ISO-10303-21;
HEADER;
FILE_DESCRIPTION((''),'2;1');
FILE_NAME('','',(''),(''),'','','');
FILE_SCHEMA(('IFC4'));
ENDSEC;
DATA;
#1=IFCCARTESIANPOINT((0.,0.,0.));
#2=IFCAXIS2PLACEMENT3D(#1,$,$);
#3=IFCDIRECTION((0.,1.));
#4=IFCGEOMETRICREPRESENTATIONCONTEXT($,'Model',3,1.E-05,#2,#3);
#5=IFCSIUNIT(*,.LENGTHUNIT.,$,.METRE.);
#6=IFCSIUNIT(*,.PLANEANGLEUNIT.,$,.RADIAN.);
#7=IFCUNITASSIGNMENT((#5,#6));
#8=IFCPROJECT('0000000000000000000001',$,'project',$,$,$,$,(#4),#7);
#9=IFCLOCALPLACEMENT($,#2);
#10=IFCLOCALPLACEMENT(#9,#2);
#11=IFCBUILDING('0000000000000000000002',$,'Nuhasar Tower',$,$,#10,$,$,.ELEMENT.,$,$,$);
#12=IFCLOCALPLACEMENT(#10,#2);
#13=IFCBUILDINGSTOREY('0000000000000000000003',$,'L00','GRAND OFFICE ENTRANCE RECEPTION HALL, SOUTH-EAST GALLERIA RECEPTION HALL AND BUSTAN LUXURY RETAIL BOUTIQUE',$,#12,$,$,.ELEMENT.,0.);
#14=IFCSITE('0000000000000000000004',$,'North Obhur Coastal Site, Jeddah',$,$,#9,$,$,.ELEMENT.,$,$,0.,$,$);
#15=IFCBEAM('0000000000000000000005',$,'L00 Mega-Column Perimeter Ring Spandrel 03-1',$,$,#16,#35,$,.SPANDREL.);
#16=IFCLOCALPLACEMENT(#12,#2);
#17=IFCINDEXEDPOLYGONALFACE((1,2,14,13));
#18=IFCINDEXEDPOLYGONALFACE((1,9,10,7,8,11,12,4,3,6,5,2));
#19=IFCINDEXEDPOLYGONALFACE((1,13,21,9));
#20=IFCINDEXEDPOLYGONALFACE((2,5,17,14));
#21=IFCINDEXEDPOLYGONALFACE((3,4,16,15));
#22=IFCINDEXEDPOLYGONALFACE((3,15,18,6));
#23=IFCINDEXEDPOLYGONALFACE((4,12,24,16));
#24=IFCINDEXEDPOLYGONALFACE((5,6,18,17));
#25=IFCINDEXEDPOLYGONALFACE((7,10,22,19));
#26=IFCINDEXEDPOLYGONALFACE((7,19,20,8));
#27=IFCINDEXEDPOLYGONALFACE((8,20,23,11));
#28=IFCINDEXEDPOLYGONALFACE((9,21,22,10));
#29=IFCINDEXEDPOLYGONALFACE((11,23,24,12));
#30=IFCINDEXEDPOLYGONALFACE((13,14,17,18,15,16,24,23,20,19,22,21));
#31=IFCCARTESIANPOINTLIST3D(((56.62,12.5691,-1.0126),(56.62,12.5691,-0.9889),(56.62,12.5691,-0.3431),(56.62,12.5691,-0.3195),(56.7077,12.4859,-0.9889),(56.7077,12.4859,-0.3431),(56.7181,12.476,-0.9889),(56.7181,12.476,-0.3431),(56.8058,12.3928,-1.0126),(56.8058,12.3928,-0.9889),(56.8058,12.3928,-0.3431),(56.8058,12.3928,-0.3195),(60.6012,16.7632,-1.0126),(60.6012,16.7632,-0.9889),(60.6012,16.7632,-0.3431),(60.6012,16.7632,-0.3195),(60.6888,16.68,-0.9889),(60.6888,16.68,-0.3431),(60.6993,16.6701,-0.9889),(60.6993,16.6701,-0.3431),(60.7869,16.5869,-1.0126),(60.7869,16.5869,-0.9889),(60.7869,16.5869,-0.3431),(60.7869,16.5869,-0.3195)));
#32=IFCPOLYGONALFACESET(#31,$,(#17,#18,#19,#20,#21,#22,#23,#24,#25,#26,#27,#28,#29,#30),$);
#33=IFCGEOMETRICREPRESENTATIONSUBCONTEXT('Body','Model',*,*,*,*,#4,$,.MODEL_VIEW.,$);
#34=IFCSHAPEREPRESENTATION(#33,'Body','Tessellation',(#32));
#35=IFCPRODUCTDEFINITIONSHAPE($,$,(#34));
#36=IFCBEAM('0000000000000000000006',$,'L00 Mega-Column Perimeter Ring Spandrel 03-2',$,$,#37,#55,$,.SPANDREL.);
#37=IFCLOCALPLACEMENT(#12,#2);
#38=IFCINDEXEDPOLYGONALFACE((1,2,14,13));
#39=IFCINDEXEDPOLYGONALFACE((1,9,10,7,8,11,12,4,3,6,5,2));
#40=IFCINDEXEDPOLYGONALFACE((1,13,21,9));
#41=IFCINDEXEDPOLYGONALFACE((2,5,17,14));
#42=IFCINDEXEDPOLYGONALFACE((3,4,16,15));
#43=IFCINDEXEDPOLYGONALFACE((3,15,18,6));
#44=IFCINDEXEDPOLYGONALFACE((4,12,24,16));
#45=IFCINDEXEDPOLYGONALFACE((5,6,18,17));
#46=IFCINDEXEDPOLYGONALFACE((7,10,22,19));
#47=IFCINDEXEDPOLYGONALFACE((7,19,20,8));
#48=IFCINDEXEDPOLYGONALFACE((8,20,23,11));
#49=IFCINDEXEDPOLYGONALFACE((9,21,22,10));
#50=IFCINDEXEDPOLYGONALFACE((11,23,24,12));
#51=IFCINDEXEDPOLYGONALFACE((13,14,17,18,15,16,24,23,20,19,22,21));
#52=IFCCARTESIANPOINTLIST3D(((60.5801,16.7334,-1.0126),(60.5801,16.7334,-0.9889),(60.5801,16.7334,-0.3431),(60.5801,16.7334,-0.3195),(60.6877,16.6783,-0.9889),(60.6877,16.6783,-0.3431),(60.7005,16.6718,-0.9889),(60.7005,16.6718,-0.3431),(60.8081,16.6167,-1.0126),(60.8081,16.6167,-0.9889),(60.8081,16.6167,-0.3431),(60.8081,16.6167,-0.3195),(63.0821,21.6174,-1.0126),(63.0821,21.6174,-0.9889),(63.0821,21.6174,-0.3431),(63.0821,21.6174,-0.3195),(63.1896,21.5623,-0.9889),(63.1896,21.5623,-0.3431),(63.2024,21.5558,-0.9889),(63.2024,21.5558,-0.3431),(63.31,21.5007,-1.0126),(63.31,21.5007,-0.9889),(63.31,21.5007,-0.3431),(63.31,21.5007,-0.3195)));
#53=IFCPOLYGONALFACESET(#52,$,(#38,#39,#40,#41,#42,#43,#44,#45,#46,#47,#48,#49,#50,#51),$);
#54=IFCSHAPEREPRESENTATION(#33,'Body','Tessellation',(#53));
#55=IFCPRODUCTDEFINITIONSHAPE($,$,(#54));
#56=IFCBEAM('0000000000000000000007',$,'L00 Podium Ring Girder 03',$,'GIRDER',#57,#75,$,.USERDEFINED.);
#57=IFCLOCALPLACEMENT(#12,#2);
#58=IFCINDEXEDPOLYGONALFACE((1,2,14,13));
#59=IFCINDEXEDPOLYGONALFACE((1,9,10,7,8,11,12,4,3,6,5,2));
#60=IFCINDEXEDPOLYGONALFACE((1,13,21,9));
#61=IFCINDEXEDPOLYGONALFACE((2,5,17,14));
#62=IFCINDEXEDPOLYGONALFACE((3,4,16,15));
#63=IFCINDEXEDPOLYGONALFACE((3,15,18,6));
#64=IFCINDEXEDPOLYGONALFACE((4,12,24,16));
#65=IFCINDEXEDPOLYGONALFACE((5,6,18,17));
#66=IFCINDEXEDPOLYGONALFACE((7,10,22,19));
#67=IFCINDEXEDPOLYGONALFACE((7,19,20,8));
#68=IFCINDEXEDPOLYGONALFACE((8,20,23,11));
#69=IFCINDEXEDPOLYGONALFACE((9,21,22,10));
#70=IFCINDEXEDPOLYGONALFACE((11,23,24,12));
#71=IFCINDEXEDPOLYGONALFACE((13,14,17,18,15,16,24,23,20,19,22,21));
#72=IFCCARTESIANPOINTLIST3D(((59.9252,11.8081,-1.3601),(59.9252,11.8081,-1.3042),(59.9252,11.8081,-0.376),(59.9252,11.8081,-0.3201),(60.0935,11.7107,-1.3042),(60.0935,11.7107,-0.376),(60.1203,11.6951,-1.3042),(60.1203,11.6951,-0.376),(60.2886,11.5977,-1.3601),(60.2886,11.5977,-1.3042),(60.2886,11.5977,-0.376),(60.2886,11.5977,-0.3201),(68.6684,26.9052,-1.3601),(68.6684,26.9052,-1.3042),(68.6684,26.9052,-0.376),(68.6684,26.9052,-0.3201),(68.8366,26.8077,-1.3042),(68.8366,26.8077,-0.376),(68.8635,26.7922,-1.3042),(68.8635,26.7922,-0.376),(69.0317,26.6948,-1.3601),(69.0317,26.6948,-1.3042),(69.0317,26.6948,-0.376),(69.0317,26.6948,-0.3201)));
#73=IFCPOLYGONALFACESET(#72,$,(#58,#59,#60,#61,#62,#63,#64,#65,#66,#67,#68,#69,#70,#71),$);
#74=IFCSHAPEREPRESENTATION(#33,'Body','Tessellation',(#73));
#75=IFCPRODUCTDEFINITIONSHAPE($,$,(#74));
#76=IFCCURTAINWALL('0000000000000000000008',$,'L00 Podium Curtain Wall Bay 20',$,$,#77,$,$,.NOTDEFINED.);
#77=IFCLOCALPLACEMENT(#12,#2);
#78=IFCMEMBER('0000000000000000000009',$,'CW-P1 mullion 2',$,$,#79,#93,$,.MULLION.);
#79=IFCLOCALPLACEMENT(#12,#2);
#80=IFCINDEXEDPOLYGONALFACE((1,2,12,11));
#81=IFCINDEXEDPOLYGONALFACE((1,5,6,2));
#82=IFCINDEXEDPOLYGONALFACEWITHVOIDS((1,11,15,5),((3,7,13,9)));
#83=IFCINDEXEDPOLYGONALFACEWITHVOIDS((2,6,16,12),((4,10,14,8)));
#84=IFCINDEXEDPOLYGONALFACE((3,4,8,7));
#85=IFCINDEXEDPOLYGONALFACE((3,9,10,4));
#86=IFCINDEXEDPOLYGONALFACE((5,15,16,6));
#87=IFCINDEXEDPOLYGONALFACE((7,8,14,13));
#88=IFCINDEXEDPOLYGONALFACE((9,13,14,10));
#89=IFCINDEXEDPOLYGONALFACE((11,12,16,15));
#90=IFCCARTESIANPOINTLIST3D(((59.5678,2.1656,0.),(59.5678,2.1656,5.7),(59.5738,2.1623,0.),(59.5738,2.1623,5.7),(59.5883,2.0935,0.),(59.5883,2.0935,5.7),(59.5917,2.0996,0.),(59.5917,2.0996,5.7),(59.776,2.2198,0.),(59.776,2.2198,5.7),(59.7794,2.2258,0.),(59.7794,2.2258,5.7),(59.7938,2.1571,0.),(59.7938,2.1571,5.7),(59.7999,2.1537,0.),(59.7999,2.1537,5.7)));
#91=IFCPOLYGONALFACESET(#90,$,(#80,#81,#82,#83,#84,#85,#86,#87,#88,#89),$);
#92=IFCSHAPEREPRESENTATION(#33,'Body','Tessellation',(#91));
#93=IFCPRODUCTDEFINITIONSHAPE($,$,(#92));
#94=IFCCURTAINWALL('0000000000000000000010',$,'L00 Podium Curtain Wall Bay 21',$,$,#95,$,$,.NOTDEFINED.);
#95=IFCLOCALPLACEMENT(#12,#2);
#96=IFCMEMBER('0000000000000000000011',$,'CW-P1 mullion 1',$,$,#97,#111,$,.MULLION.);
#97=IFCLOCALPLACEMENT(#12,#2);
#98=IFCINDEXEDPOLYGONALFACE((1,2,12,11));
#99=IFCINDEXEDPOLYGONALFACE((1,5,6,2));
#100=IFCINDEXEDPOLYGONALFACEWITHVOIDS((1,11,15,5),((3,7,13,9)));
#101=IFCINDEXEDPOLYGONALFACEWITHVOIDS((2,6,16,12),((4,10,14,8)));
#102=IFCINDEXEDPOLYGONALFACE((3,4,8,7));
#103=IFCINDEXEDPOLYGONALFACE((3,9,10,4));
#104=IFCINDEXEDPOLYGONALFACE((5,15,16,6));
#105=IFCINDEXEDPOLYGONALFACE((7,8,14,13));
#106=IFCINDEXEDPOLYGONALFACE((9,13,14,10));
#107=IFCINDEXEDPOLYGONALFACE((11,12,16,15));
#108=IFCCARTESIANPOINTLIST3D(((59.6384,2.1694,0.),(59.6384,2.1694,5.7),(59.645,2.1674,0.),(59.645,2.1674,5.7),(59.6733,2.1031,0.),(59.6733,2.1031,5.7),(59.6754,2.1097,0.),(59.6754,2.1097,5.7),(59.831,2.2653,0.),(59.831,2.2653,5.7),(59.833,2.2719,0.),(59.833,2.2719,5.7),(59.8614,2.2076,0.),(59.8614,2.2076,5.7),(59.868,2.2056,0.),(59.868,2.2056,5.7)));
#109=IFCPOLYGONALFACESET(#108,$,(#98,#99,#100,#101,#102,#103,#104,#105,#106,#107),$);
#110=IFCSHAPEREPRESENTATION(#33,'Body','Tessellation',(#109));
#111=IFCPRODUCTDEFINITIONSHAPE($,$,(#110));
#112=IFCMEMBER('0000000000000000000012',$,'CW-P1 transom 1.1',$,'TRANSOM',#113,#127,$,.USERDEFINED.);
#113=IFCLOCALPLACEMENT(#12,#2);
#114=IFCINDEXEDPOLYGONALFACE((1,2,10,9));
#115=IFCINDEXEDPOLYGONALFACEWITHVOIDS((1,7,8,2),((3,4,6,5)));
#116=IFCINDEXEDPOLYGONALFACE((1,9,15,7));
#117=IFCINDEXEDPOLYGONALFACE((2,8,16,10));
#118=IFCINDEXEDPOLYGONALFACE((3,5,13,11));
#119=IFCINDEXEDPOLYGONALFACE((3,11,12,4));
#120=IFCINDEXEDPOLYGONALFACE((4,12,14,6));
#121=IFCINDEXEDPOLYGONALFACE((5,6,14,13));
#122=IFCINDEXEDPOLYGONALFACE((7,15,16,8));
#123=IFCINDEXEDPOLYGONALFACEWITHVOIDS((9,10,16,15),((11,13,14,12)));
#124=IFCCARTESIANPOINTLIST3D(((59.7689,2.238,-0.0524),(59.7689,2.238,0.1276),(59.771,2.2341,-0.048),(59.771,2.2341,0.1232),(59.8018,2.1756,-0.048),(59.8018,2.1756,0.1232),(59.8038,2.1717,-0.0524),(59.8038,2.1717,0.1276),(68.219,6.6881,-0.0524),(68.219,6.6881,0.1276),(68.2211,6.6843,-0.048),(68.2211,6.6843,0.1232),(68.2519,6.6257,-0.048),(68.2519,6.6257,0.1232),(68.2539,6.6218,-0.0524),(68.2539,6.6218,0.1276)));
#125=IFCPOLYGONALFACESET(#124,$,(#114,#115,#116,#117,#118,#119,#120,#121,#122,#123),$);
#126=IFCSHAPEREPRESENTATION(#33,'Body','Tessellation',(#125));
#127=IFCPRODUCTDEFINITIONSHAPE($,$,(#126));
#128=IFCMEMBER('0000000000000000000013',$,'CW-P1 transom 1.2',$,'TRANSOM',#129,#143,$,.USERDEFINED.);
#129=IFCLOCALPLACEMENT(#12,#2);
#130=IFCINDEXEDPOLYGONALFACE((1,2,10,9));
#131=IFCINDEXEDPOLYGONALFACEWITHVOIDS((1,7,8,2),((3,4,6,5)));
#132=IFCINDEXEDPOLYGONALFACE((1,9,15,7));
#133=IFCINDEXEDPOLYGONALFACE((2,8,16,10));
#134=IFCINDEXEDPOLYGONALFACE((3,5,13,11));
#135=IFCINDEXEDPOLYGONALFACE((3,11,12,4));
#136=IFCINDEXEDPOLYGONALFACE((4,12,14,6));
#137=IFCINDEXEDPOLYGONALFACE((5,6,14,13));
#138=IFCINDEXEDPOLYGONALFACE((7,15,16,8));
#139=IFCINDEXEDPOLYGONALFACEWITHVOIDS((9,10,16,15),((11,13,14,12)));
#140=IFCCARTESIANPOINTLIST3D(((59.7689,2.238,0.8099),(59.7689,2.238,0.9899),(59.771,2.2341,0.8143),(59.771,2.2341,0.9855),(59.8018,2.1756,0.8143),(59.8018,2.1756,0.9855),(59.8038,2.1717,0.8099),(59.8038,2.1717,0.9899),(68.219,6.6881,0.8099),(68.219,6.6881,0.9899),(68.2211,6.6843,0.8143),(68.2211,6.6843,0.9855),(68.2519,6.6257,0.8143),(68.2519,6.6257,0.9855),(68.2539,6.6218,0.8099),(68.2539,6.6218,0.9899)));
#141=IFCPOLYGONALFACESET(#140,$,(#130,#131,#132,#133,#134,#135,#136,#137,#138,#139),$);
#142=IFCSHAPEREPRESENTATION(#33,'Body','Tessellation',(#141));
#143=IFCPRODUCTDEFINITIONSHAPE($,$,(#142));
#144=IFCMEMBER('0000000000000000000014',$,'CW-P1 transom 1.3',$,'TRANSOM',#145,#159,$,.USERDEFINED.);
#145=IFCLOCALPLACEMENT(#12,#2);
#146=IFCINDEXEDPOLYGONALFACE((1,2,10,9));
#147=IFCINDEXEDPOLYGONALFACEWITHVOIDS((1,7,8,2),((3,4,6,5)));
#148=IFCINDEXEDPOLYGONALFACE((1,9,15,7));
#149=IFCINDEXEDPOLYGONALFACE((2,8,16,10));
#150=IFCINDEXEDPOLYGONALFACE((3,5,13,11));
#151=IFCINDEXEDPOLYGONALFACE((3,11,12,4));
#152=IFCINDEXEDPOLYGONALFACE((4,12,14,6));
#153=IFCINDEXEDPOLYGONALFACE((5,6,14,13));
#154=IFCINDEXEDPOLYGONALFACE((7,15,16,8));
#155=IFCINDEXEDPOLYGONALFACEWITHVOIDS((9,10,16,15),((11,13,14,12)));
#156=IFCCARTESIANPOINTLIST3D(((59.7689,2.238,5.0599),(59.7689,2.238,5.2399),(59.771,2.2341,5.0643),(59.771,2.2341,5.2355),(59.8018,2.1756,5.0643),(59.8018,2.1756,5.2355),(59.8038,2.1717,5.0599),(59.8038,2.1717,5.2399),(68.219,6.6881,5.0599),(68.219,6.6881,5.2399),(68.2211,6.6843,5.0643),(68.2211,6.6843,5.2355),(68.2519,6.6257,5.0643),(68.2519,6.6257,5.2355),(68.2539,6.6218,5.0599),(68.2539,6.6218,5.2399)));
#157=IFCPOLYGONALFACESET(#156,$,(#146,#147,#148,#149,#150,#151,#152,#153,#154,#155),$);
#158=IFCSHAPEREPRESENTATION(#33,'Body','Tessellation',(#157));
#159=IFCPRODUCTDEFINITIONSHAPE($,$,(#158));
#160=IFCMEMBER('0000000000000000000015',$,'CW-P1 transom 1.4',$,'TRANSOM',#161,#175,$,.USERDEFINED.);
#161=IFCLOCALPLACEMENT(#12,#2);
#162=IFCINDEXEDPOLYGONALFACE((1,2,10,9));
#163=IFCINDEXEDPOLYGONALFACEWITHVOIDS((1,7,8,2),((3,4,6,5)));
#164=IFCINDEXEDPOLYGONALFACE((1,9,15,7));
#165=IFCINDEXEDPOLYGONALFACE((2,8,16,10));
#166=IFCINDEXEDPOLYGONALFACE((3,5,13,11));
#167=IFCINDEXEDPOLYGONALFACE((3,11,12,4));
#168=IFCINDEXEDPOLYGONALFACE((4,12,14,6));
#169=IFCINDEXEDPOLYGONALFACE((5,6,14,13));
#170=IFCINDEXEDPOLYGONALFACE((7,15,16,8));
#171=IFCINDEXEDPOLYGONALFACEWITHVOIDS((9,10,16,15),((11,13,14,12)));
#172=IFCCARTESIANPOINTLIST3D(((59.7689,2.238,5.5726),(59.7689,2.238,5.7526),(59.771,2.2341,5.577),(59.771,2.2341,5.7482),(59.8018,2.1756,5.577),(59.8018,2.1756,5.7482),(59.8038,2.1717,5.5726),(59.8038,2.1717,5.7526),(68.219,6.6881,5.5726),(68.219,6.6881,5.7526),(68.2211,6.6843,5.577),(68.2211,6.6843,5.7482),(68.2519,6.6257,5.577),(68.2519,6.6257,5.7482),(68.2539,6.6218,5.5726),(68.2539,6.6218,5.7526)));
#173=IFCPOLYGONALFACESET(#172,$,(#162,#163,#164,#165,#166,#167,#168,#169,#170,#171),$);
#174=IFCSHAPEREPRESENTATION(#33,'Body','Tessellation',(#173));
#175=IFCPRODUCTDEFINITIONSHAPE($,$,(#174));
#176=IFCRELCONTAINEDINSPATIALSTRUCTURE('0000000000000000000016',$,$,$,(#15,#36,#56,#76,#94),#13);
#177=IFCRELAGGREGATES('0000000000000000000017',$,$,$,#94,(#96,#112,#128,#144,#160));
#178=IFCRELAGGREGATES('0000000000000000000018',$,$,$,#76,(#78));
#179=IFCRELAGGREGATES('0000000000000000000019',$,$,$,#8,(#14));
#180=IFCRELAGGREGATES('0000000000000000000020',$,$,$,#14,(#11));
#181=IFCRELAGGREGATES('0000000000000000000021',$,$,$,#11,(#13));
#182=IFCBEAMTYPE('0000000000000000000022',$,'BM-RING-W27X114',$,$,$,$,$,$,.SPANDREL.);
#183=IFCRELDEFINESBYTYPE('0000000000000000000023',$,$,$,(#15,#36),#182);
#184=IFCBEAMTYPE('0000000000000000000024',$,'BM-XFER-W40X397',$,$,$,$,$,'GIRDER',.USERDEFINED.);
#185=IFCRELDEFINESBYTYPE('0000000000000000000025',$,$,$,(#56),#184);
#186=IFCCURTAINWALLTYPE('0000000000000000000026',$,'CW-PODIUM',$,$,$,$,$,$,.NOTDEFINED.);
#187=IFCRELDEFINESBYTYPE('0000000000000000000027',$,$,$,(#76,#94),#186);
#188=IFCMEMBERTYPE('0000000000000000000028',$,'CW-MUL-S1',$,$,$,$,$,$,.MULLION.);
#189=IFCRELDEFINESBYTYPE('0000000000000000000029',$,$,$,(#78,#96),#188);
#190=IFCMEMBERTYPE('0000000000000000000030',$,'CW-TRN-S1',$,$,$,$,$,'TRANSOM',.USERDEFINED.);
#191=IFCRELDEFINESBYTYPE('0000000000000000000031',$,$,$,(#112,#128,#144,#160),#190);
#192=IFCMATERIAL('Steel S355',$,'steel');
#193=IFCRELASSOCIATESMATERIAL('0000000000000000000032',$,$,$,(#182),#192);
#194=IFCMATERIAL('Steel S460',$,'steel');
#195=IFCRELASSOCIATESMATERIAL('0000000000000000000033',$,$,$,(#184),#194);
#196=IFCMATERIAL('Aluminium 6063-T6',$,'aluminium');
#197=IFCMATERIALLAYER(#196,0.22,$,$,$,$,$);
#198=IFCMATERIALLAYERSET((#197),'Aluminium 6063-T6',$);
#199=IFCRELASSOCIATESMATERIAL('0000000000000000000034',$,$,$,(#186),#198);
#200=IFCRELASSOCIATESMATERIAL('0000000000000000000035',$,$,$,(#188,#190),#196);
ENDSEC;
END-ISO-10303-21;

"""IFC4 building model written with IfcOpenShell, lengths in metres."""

from ifc_helpers import new_model, si_unit, direction, frame, origin, origin_2d, place, context, subcontext, project, spatial, hollow_rectangle, i_section, extrude, material, layer, layer_set, material_profile, profile_set, type_object, element, aggregate, save


model = new_model("IFC4")

# Units and contexts
model_context = context("Model", 3, precision=1e-05, world=origin(), true_north=direction((0.0, 1.0)))
body_context = subcontext(model_context, "Body", "Model", "MODEL_VIEW")
ifc_project = project(units=[si_unit("LENGTHUNIT", "METRE"), si_unit("PLANEANGLEUNIT", "RADIAN")], contexts=[model_context])

# Site, building, storey
site_placement = place(None, origin())
site = spatial("IfcSite", under=ifc_project, at=site_placement, Name="North Obhur Coastal Site, Jeddah", CompositionType="ELEMENT", RefElevation=0.0)
building_placement = place(site_placement, origin())
building = spatial("IfcBuilding", under=site, at=building_placement, Name="Nuhasar Tower", CompositionType="ELEMENT")
storey_placement = place(building_placement, origin())
storey = spatial("IfcBuildingStorey", under=building, at=storey_placement, Name="L00", Description="GRAND OFFICE ENTRANCE RECEPTION HALL, SOUTH-EAST GALLERIA RECEPTION HALL AND BUSTAN LUXURY RETAIL BOUTIQUE", CompositionType="ELEMENT", Elevation=0.0)

# Beams
ifc_material_1 = material(Name="Steel S355", Category="steel")
ifc_material_profile_1 = material_profile(ifc_material_1, i_section(OverallWidth=0.2561, OverallDepth=0.6931, WebThickness=0.0144, FlangeThickness=0.0237, at=origin_2d()), Name="W27X114")
ifc_profile_set_1 = profile_set([ifc_material_profile_1], Name="Steel S355")
beam_type_1 = type_object("IfcBeamType", Name="BM-RING-W27X114", PredefinedType="SPANDREL", material=ifc_profile_set_1)
beam_1_placement = place(storey_placement, frame((56.7129, 12.481, -0.666), z_axis=(0.68846, 0.725274, 0.0), x_axis=(-0.725274, 0.68846, 0.0)))
element("IfcBeam", 1, at=beam_1_placement, inside=storey, type_object=beam_type_1, Name="L00 Mega-Column Perimeter Ring Spandrel 03-1", PredefinedType="SPANDREL", context=body_context, shape_type="SweptSolid", body=[
    extrude(i_section(OverallWidth=0.2561, OverallDepth=0.6931, WebThickness=0.0144, FlangeThickness=0.0237, at=origin_2d()), origin(), (0.0, 0.0, 1.0), 5.7827),
])
beam_2_placement = place(storey_placement, frame((60.6941, 16.675, -0.666), z_axis=(0.45593, 0.890016, 0.0), x_axis=(-0.890016, 0.45593, 0.0)))
element("IfcBeam", 2, at=beam_2_placement, inside=storey, type_object=beam_type_1, Name="L00 Mega-Column Perimeter Ring Spandrel 03-2", PredefinedType="SPANDREL", context=body_context, shape_type="SweptSolid", body=[
    extrude(i_section(OverallWidth=0.2561, OverallDepth=0.6931, WebThickness=0.0144, FlangeThickness=0.0237, at=origin_2d()), origin(), (0.0, 0.0, 1.0), 5.4875),
])
ifc_material_2 = material(Name="Steel S460", Category="steel")
ifc_material_profile_2 = material_profile(ifc_material_2, i_section(OverallWidth=0.4199, OverallDepth=1.04, WebThickness=0.031, FlangeThickness=0.0559, at=origin_2d()), Name="W40X397")
ifc_profile_set_2 = profile_set([ifc_material_profile_2], Name="Steel S460")
beam_type_2 = type_object("IfcBeamType", Name="BM-XFER-W40X397", ElementType="GIRDER", PredefinedType="USERDEFINED", material=ifc_profile_set_2)
beam_3_placement = place(storey_placement, frame((60.1069, 11.7029, -0.8401), z_axis=(0.501152, 0.865359, 0.0), x_axis=(-0.865359, 0.501152, 0.0)))
element("IfcBeam", 3, at=beam_3_placement, inside=storey, type_object=beam_type_2, Name="L00 Podium Ring Girder 03", ObjectType="GIRDER", PredefinedType="USERDEFINED", context=body_context, shape_type="SweptSolid", body=[
    extrude(i_section(OverallWidth=0.4199, OverallDepth=1.04, WebThickness=0.031, FlangeThickness=0.0559, at=origin_2d()), origin(), (0.0, 0.0, 1.0), 17.446),
])

# Curtain wall, member
ifc_material_3 = material(Name="Aluminium 6063-T6", Category="aluminium")
ifc_layer_1 = layer(ifc_material_3, 0.22)
ifc_layer_set_1 = layer_set([ifc_layer_1], Name="Aluminium 6063-T6")
curtain_wall_type = type_object("IfcCurtainWallType", Name="CW-PODIUM", PredefinedType="NOTDEFINED", material=ifc_layer_set_1)
curtain_wall_1_placement = place(storey_placement, origin())
curtain_wall_1 = element("IfcCurtainWall", 4, at=curtain_wall_1_placement, inside=storey, type_object=curtain_wall_type, Name="L00 Podium Curtain Wall Bay 20", PredefinedType="NOTDEFINED")
ifc_material_profile_3 = material_profile(ifc_material_3, hollow_rectangle(XDim=0.075, YDim=0.22, WallThickness=0.0049, at=origin_2d()), Name="CWM-1")
ifc_profile_set_3 = profile_set([ifc_material_profile_3], Name="Aluminium 6063-T6")
member_type_1 = type_object("IfcMemberType", Name="CW-MUL-S1", PredefinedType="MULLION", material=ifc_profile_set_3)
member_1_placement = place(storey_placement, frame((59.6838, 2.1597, 0.0), z_axis=(0.0, 0.0, 1.0), x_axis=(-0.273412, 0.961897, 0.0)))
member_1 = element("IfcMember", 5, at=member_1_placement, type_object=member_type_1, Name="CW-P1 mullion 2", PredefinedType="MULLION", context=body_context, shape_type="SweptSolid", body=[
    extrude(hollow_rectangle(XDim=0.075, YDim=0.22, WallThickness=0.0049, at=origin_2d()), origin(), (0.0, 0.0, 1.0), 5.7),
])

# Curtain wall, members
curtain_wall_2_placement = place(storey_placement, origin())
curtain_wall_2 = element("IfcCurtainWall", 6, at=curtain_wall_2_placement, inside=storey, type_object=curtain_wall_type, Name="L00 Podium Curtain Wall Bay 21", PredefinedType="NOTDEFINED")
member_2_placement = place(storey_placement, frame((59.7532, 2.1875, 0.0), z_axis=(0.0, 0.0, 1.0), x_axis=(-0.465959, 0.884806, 0.0)))
member_2 = element("IfcMember", 7, at=member_2_placement, type_object=member_type_1, Name="CW-P1 mullion 1", PredefinedType="MULLION", context=body_context, shape_type="SweptSolid", body=[
    extrude(hollow_rectangle(XDim=0.075, YDim=0.22, WallThickness=0.0049, at=origin_2d()), origin(), (0.0, 0.0, 1.0), 5.7),
])
ifc_material_profile_4 = material_profile(ifc_material_3, hollow_rectangle(XDim=0.075, YDim=0.1799, WallThickness=0.0044, at=origin_2d()), Name="CWT-1")
ifc_profile_set_4 = profile_set([ifc_material_profile_4], Name="Aluminium 6063-T6")
member_type_2 = type_object("IfcMemberType", Name="CW-TRN-S1", ElementType="TRANSOM", PredefinedType="USERDEFINED", material=ifc_profile_set_4)
member_3_placement = place(storey_placement, frame((59.7864, 2.2048, 0.0376), z_axis=(0.884801, 0.46597, 0.0), x_axis=(-0.46597, 0.884801, 0.0)))
member_3 = element("IfcMember", 8, at=member_3_placement, type_object=member_type_2, Name="CW-P1 transom 1.1", ObjectType="TRANSOM", PredefinedType="USERDEFINED", context=body_context, shape_type="SweptSolid", body=[
    extrude(hollow_rectangle(XDim=0.075, YDim=0.1799, WallThickness=0.0044, at=origin_2d()), origin(), (0.0, 0.0, 1.0), 9.5503),
])
member_4_placement = place(storey_placement, frame((59.7864, 2.2048, 0.8999), z_axis=(0.884801, 0.46597, 0.0), x_axis=(-0.46597, 0.884801, 0.0)))
member_4 = element("IfcMember", 9, at=member_4_placement, type_object=member_type_2, Name="CW-P1 transom 1.2", ObjectType="TRANSOM", PredefinedType="USERDEFINED", context=body_context, shape_type="SweptSolid", body=[
    extrude(hollow_rectangle(XDim=0.075, YDim=0.1799, WallThickness=0.0044, at=origin_2d()), origin(), (0.0, 0.0, 1.0), 9.5503),
])
member_5_placement = place(storey_placement, frame((59.7864, 2.2048, 5.1499), z_axis=(0.884801, 0.46597, 0.0), x_axis=(-0.46597, 0.884801, 0.0)))
member_5 = element("IfcMember", 10, at=member_5_placement, type_object=member_type_2, Name="CW-P1 transom 1.3", ObjectType="TRANSOM", PredefinedType="USERDEFINED", context=body_context, shape_type="SweptSolid", body=[
    extrude(hollow_rectangle(XDim=0.075, YDim=0.1799, WallThickness=0.0044, at=origin_2d()), origin(), (0.0, 0.0, 1.0), 9.5503),
])
member_6_placement = place(storey_placement, frame((59.7864, 2.2048, 5.6626), z_axis=(0.884801, 0.46597, 0.0), x_axis=(-0.46597, 0.884801, 0.0)))
member_6 = element("IfcMember", 11, at=member_6_placement, type_object=member_type_2, Name="CW-P1 transom 1.4", ObjectType="TRANSOM", PredefinedType="USERDEFINED", context=body_context, shape_type="SweptSolid", body=[
    extrude(hollow_rectangle(XDim=0.075, YDim=0.1799, WallThickness=0.0044, at=origin_2d()), origin(), (0.0, 0.0, 1.0), 9.5503),
])
aggregate(curtain_wall_2, [member_2, member_3, member_4, member_5, member_6])

aggregate(curtain_wall_1, [member_1])

save(model, "model.ifc")
